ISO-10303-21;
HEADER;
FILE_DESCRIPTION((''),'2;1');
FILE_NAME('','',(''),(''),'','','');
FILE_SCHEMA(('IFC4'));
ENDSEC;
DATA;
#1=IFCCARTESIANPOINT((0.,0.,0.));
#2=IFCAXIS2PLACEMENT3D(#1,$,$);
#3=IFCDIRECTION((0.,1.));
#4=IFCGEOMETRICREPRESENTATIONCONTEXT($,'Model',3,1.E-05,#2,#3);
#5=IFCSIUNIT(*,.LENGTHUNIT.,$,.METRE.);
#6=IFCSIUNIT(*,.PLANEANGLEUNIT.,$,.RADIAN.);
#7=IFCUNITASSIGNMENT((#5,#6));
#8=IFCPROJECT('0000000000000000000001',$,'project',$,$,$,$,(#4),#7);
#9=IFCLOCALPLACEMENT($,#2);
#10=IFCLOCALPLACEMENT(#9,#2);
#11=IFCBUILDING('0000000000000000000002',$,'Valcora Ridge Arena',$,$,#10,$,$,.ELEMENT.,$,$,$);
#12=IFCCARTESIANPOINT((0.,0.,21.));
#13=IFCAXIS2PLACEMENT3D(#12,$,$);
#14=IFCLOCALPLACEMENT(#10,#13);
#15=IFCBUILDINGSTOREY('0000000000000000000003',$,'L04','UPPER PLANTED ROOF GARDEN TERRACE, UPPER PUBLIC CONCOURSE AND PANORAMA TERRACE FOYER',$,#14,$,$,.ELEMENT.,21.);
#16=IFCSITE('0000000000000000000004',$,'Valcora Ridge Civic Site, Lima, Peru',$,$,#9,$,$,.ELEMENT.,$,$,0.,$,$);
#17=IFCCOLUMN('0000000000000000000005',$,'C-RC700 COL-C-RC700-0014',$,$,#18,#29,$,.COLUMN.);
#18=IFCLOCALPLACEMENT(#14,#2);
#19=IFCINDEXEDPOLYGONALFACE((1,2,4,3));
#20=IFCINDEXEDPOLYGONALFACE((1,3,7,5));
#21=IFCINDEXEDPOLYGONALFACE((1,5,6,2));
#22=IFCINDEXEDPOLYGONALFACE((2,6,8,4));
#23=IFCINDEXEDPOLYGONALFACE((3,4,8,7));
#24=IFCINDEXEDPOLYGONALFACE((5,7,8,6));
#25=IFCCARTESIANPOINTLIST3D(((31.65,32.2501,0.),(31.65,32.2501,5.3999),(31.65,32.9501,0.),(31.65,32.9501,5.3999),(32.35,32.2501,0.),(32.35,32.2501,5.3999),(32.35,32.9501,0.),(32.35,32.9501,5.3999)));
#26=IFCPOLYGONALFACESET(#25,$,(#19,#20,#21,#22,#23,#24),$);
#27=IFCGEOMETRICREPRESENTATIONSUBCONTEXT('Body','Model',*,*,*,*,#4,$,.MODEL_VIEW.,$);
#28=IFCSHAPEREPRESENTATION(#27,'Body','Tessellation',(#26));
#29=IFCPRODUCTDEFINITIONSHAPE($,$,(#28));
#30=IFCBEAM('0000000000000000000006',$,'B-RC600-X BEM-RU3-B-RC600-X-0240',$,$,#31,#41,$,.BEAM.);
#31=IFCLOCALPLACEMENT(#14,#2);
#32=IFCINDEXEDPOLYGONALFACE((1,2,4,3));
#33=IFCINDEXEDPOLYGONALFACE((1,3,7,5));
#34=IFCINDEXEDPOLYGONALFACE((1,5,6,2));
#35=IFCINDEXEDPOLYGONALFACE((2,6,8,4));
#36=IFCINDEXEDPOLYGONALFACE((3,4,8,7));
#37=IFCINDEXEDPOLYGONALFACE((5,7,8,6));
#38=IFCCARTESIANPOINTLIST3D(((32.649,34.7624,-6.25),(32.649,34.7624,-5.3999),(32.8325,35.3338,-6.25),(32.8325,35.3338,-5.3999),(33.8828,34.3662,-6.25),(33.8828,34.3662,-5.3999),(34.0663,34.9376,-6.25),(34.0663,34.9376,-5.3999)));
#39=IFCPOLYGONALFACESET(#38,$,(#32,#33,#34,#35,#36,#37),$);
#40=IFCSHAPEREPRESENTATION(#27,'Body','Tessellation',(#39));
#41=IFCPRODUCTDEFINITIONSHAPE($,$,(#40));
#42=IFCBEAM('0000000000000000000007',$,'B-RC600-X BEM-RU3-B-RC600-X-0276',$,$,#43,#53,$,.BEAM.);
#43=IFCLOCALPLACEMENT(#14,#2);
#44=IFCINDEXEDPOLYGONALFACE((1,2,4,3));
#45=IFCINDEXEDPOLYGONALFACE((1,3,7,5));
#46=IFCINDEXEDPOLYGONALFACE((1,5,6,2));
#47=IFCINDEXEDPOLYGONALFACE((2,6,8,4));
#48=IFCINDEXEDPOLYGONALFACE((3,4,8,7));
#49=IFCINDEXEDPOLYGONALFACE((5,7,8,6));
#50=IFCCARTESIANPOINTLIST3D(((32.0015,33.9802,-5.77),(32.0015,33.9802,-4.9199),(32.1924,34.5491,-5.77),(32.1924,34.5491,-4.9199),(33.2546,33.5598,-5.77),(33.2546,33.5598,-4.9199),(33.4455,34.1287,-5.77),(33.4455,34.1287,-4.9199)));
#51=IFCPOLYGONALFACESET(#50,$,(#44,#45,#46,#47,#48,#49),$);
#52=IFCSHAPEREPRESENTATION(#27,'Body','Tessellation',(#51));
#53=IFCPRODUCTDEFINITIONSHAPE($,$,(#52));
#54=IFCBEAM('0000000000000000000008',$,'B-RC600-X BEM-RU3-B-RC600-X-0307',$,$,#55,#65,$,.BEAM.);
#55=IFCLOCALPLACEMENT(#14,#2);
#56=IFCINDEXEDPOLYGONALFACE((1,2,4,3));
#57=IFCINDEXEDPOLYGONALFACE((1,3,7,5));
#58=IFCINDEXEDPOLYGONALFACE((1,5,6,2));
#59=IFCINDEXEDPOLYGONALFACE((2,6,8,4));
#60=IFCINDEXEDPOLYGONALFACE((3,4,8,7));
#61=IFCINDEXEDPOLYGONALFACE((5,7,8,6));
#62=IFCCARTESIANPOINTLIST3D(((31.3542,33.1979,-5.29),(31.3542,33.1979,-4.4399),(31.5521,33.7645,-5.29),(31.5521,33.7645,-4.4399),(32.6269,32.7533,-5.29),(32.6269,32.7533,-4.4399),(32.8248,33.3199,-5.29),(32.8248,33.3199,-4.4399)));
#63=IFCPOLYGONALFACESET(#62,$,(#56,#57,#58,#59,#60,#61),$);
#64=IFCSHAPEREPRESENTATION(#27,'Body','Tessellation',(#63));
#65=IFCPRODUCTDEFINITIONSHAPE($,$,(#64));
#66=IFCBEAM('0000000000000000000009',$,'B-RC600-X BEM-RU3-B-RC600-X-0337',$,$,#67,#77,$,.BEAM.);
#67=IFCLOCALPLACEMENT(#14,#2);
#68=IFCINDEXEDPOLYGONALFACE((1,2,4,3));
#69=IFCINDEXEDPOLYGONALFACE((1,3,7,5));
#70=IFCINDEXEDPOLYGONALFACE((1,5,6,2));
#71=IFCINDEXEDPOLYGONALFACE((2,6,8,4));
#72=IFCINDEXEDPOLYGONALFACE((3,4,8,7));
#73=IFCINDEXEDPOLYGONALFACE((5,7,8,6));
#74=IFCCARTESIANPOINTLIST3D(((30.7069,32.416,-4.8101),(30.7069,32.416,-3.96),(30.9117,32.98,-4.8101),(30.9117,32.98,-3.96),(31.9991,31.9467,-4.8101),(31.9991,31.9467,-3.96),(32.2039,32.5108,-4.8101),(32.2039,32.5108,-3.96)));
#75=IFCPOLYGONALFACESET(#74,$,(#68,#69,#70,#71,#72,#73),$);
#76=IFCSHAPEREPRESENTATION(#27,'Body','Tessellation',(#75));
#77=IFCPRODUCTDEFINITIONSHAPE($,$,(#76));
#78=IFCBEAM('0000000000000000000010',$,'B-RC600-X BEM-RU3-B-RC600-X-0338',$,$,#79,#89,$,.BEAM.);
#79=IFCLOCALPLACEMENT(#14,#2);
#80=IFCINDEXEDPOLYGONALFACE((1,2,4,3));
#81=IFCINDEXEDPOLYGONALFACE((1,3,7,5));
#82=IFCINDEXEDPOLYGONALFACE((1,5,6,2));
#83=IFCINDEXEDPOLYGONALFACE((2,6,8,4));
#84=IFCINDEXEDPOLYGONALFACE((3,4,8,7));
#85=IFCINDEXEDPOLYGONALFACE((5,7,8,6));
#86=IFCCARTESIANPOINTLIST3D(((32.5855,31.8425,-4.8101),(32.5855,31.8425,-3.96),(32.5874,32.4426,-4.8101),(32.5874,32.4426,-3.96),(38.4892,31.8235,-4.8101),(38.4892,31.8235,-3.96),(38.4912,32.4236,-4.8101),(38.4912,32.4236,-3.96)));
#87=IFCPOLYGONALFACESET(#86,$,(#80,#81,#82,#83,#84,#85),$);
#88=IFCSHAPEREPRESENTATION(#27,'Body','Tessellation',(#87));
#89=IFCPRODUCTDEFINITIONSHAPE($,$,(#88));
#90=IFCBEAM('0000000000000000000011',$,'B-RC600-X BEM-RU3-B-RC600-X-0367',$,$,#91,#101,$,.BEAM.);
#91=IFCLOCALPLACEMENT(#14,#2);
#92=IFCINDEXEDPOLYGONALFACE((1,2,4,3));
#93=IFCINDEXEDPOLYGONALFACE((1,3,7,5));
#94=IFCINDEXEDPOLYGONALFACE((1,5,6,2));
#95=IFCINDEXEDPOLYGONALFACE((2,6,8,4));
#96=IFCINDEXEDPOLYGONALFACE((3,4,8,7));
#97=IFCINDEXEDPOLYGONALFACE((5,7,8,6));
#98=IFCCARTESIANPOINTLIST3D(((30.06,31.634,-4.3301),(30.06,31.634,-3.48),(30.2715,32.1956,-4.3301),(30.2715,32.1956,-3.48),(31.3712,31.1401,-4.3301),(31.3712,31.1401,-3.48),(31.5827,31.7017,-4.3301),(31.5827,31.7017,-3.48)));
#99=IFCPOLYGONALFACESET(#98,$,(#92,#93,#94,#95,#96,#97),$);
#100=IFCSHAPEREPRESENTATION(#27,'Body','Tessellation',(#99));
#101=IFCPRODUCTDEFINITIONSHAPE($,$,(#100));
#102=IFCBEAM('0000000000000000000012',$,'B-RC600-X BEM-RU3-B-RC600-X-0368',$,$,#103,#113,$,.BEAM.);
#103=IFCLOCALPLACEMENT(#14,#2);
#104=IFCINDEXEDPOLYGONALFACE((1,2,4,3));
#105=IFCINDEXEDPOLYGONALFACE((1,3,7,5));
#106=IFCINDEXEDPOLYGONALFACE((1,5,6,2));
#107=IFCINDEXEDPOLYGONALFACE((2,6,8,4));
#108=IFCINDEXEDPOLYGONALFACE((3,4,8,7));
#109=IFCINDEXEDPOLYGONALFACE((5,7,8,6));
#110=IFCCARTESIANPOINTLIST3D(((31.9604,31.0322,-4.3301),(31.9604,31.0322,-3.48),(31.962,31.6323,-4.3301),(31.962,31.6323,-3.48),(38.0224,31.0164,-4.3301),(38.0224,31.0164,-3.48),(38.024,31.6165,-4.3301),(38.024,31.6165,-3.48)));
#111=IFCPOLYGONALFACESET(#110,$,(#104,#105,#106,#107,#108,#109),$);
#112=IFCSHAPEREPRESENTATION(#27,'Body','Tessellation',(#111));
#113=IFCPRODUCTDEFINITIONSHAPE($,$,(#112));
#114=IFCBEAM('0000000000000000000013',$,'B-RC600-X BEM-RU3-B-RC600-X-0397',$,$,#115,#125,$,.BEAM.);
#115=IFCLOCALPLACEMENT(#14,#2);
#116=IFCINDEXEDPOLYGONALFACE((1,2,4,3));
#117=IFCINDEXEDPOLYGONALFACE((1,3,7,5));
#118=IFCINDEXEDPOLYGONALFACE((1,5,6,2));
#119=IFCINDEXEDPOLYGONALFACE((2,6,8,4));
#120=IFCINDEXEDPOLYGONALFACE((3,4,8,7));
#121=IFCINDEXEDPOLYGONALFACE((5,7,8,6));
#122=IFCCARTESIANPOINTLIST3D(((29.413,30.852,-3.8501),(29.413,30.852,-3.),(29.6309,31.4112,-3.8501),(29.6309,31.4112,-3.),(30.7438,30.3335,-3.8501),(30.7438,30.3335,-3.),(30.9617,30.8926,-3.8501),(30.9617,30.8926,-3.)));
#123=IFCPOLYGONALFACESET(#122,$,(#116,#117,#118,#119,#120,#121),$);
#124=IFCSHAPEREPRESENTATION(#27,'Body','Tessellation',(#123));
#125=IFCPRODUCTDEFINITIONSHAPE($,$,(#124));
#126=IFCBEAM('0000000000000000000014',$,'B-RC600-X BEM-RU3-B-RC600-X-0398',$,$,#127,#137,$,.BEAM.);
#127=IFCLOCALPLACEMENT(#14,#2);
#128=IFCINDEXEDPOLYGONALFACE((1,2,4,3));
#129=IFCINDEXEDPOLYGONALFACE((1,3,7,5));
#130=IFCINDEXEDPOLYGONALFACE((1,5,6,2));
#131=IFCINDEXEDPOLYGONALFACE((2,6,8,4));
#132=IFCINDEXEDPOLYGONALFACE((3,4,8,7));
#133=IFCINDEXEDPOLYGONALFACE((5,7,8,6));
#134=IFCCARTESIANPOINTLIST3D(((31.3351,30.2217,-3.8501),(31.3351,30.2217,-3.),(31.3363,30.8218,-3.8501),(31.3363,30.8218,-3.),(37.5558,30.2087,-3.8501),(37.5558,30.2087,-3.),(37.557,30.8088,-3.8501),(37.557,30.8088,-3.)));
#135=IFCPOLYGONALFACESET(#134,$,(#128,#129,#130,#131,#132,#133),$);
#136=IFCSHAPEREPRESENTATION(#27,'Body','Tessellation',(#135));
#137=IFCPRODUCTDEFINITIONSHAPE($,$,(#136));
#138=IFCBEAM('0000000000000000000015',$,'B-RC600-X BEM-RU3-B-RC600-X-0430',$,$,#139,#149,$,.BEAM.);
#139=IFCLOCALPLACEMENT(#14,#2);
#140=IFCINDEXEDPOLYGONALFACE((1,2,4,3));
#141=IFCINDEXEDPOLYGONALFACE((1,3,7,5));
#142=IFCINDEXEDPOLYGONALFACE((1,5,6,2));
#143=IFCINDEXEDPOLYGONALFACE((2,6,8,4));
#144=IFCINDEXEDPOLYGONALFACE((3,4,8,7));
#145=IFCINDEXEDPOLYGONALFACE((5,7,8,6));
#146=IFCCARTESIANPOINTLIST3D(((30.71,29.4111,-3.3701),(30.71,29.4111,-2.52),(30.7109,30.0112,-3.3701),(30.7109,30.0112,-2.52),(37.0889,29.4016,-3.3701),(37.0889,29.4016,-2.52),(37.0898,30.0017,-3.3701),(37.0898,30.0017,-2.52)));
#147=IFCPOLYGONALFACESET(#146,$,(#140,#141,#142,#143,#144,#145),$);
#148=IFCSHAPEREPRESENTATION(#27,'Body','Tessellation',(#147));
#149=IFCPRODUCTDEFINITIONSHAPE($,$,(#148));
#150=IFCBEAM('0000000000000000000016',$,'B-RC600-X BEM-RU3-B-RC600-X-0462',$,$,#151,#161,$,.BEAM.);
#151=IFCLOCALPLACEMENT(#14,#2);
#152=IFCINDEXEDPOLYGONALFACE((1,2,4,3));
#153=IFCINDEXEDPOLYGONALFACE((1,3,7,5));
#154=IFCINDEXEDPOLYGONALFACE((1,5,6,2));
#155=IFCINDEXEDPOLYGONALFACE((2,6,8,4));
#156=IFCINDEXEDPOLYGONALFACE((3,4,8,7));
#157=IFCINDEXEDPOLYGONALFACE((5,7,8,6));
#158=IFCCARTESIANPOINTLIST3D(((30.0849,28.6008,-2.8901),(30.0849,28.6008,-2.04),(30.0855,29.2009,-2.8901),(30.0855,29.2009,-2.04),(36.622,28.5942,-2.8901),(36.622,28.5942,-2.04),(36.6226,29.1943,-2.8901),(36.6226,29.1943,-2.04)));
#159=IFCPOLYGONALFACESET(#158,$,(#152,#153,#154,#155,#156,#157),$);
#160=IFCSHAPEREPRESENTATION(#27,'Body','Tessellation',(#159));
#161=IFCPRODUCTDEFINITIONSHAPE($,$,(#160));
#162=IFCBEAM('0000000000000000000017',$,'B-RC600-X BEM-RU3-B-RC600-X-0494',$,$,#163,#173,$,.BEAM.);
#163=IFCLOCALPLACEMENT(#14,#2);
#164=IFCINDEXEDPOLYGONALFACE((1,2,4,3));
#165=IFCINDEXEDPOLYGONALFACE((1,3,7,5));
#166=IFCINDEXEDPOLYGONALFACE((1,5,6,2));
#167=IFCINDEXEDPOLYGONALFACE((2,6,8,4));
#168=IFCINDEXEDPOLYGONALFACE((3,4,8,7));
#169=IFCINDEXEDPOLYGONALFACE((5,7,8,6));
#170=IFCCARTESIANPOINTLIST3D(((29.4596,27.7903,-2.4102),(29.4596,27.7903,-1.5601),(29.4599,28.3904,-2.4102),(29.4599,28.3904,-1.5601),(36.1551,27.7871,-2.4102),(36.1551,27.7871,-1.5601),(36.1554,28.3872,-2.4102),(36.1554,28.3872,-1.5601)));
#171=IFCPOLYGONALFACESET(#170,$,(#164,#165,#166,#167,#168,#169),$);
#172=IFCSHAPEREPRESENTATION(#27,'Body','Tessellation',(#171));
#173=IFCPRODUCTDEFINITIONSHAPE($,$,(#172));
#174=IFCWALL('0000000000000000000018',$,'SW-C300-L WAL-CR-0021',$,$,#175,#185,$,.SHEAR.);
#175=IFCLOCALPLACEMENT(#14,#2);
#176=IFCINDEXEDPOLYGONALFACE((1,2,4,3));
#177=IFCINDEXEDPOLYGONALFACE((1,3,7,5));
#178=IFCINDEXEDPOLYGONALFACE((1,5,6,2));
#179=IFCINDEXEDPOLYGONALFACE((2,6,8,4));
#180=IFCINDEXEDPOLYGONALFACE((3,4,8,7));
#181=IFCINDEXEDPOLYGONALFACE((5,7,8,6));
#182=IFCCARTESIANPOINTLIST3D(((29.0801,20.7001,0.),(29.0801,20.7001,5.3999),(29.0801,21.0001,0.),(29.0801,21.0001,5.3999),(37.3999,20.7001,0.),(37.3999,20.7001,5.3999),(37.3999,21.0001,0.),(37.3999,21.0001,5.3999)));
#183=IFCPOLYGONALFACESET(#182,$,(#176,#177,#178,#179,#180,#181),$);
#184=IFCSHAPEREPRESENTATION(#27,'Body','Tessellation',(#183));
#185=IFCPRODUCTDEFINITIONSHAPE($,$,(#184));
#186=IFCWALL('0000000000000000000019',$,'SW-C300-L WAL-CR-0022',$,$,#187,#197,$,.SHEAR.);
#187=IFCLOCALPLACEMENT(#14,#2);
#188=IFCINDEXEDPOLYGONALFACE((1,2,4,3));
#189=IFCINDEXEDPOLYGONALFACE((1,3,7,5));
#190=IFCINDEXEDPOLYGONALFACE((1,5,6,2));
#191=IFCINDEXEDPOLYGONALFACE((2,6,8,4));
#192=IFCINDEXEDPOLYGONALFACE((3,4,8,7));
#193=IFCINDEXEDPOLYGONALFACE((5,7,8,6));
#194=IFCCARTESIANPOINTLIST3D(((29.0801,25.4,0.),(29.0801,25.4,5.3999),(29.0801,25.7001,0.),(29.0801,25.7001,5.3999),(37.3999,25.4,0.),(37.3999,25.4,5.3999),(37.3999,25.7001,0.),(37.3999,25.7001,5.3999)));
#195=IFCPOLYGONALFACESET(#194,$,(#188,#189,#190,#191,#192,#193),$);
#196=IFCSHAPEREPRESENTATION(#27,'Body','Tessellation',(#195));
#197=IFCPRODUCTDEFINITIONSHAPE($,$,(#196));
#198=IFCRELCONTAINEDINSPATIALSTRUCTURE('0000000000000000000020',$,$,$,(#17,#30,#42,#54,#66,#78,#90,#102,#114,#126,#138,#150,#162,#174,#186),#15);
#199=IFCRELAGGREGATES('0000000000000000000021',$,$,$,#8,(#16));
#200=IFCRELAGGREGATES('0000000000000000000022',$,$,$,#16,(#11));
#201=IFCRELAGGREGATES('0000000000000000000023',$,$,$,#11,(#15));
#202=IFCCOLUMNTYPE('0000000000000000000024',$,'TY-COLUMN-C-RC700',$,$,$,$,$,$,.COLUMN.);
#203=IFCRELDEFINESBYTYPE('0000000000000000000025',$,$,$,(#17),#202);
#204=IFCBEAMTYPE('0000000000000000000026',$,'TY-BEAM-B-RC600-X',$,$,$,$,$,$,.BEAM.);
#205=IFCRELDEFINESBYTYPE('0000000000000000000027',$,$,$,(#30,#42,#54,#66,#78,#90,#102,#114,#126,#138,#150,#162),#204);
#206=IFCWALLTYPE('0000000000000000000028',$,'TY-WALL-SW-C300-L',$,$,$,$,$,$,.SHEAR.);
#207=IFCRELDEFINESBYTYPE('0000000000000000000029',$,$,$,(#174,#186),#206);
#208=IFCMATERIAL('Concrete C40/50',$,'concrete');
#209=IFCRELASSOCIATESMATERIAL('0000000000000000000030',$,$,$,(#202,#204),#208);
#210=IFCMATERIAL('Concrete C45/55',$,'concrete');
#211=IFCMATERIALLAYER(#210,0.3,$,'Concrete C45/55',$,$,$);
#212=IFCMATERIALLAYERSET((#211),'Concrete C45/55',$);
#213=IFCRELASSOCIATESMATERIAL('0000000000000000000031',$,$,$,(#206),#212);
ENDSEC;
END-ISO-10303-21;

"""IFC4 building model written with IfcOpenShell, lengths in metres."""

from ifc_helpers import new_model, si_unit, direction, frame, frame_2d, origin, origin_2d, place, context, subcontext, project, spatial, rectangle, extrude, material, layer, layer_set, material_profile, profile_set, type_object, element, save


model = new_model("IFC4")

# Units and contexts
model_context = context("Model", 3, precision=1e-05, world=origin(), true_north=direction((0.0, 1.0)))
body_context = subcontext(model_context, "Body", "Model", "MODEL_VIEW")
ifc_project = project(units=[si_unit("LENGTHUNIT", "METRE"), si_unit("PLANEANGLEUNIT", "RADIAN")], contexts=[model_context])

# Site, building, storey
site_placement = place(None, origin())
site = spatial("IfcSite", under=ifc_project, at=site_placement, Name="Valcora Ridge Civic Site, Lima, Peru", CompositionType="ELEMENT", RefElevation=0.0)
building_placement = place(site_placement, origin())
building = spatial("IfcBuilding", under=site, at=building_placement, Name="Valcora Ridge Arena", CompositionType="ELEMENT")
storey_placement = place(building_placement, frame((0.0, 0.0, 21.0)))
storey = spatial("IfcBuildingStorey", under=building, at=storey_placement, Name="L04", Description="UPPER PLANTED ROOF GARDEN TERRACE, UPPER PUBLIC CONCOURSE AND PANORAMA TERRACE FOYER", CompositionType="ELEMENT", Elevation=21.0)

# Column
ifc_material_1 = material(Name="Concrete C40/50", Category="concrete")
ifc_material_profile_1 = material_profile(ifc_material_1, rectangle(XDim=0.7, YDim=0.7, at=origin_2d()), Name="RC 700x700")
ifc_profile_set_1 = profile_set([ifc_material_profile_1], Name="Concrete C40/50")
column_type = type_object("IfcColumnType", Name="TY-COLUMN-C-RC700", PredefinedType="COLUMN", material=ifc_profile_set_1)
column_placement = place(storey_placement, frame((32.0, 32.6001, 0.0), z_axis=(0.0, 0.0, 1.0), x_axis=(1.0, 0.0, 0.0)))
element("IfcColumn", 1, at=column_placement, inside=storey, type_object=column_type, Name="C-RC700 COL-C-RC700-0014", PredefinedType="COLUMN", context=body_context, shape_type="SweptSolid", body=[
    extrude(rectangle(XDim=0.7, YDim=0.7, at=origin_2d()), origin(), (0.0, 0.0, 1.0), 5.3999),
])

# Beams
ifc_material_profile_2 = material_profile(ifc_material_1, rectangle(XDim=0.6001, YDim=0.8501, at=origin_2d()), Name="RC 600x850")
ifc_profile_set_2 = profile_set([ifc_material_profile_2], Name="Concrete C40/50")
beam_type = type_object("IfcBeamType", Name="TY-BEAM-B-RC600-X", PredefinedType="BEAM", material=ifc_profile_set_2)
beam_1_placement = place(storey_placement, frame((32.7407, 35.0481, -5.825), z_axis=(0.952111, -0.305753, 0.0), x_axis=(0.305753, 0.952111, 0.0)))
element("IfcBeam", 2, at=beam_1_placement, inside=storey, type_object=beam_type, Name="B-RC600-X BEM-RU3-B-RC600-X-0240", PredefinedType="BEAM", context=body_context, shape_type="SweptSolid", body=[
    extrude(rectangle(XDim=0.6001, YDim=0.8501, at=origin_2d()), origin(), (0.0, 0.0, 1.0), 1.2959),
])
beam_2_placement = place(storey_placement, frame((32.0969, 34.2646, -5.345), z_axis=(0.948072, -0.318056, 0.0), x_axis=(0.318056, 0.948072, 0.0)))
element("IfcBeam", 3, at=beam_2_placement, inside=storey, type_object=beam_type, Name="B-RC600-X BEM-RU3-B-RC600-X-0276", PredefinedType="BEAM", context=body_context, shape_type="SweptSolid", body=[
    extrude(rectangle(XDim=0.6001, YDim=0.8501, at=origin_2d()), origin(), (0.0, 0.0, 1.0), 1.3218),
])
beam_3_placement = place(storey_placement, frame((31.4531, 33.4812, -4.865), z_axis=(0.944059, -0.329778, 0.0), x_axis=(0.329778, 0.944059, 0.0)))
element("IfcBeam", 4, at=beam_3_placement, inside=storey, type_object=beam_type, Name="B-RC600-X BEM-RU3-B-RC600-X-0307", PredefinedType="BEAM", context=body_context, shape_type="SweptSolid", body=[
    extrude(rectangle(XDim=0.6001, YDim=0.8501, at=origin_2d()), origin(), (0.0, 0.0, 1.0), 1.3481),
])
beam_4_placement = place(storey_placement, frame((30.8093, 32.698, -4.385), z_axis=(0.939949, -0.341315, 0.0), x_axis=(0.341315, 0.939949, 0.0)))
element("IfcBeam", 5, at=beam_4_placement, inside=storey, type_object=beam_type, Name="B-RC600-X BEM-RU3-B-RC600-X-0337", PredefinedType="BEAM", context=body_context, shape_type="SweptSolid", body=[
    extrude(rectangle(XDim=0.6001, YDim=0.8501, at=origin_2d()), origin(), (0.0, 0.0, 1.0), 1.3748),
])
beam_5_placement = place(storey_placement, frame((32.5864, 32.1426, -4.385), z_axis=(0.999995, -0.003226, 0.0), x_axis=(0.003226, 0.999995, 0.0)))
element("IfcBeam", 6, at=beam_5_placement, inside=storey, type_object=beam_type, Name="B-RC600-X BEM-RU3-B-RC600-X-0338", PredefinedType="BEAM", context=body_context, shape_type="SweptSolid", body=[
    extrude(rectangle(XDim=0.6001, YDim=0.8501, at=origin_2d()), origin(), (0.0, 0.0, 1.0), 5.9038),
])
beam_6_placement = place(storey_placement, frame((30.1658, 31.9148, -3.905), z_axis=(0.93582, -0.352479, 0.0), x_axis=(0.352479, 0.93582, 0.0)))
element("IfcBeam", 7, at=beam_6_placement, inside=storey, type_object=beam_type, Name="B-RC600-X BEM-RU3-B-RC600-X-0367", PredefinedType="BEAM", context=body_context, shape_type="SweptSolid", body=[
    extrude(rectangle(XDim=0.6001, YDim=0.8501, at=origin_2d()), origin(), (0.0, 0.0, 1.0), 1.4011),
])
beam_7_placement = place(storey_placement, frame((31.9612, 31.3323, -3.905), z_axis=(0.999997, -0.002618, 0.0), x_axis=(0.002618, 0.999997, 0.0)))
element("IfcBeam", 8, at=beam_7_placement, inside=storey, type_object=beam_type, Name="B-RC600-X BEM-RU3-B-RC600-X-0368", PredefinedType="BEAM", context=body_context, shape_type="SweptSolid", body=[
    extrude(rectangle(XDim=0.6001, YDim=0.8501, at=origin_2d()), origin(), (0.0, 0.0, 1.0), 6.062),
])
beam_8_placement = place(storey_placement, frame((29.522, 31.1316, -3.425), z_axis=(0.931764, -0.363065, 0.0), x_axis=(0.363065, 0.931764, 0.0)))
element("IfcBeam", 9, at=beam_8_placement, inside=storey, type_object=beam_type, Name="B-RC600-X BEM-RU3-B-RC600-X-0397", PredefinedType="BEAM", context=body_context, shape_type="SweptSolid", body=[
    extrude(rectangle(XDim=0.6001, YDim=0.8501, at=origin_2d()), origin(), (0.0, 0.0, 1.0), 1.4282),
])
beam_9_placement = place(storey_placement, frame((31.3357, 30.5217, -3.425), z_axis=(0.999998, -0.00208, 0.0), x_axis=(0.00208, 0.999998, 0.0)))
element("IfcBeam", 10, at=beam_9_placement, inside=storey, type_object=beam_type, Name="B-RC600-X BEM-RU3-B-RC600-X-0398", PredefinedType="BEAM", context=body_context, shape_type="SweptSolid", body=[
    extrude(rectangle(XDim=0.6001, YDim=0.8501, at=origin_2d()), origin(), (0.0, 0.0, 1.0), 6.2207),
])
beam_10_placement = place(storey_placement, frame((30.7104, 29.7112, -2.9451), z_axis=(0.999999, -0.001493, 0.0), x_axis=(0.001493, 0.999999, 0.0)))
element("IfcBeam", 11, at=beam_10_placement, inside=storey, type_object=beam_type, Name="B-RC600-X BEM-RU3-B-RC600-X-0430", PredefinedType="BEAM", context=body_context, shape_type="SweptSolid", body=[
    extrude(rectangle(XDim=0.6001, YDim=0.8501, at=origin_2d()), origin(), (0.0, 0.0, 1.0), 6.3789),
])
beam_11_placement = place(storey_placement, frame((30.0852, 28.9009, -2.4651), z_axis=(0.999999, -0.001008, 0.0), x_axis=(0.001008, 0.999999, 0.0)))
element("IfcBeam", 12, at=beam_11_placement, inside=storey, type_object=beam_type, Name="B-RC600-X BEM-RU3-B-RC600-X-0462", PredefinedType="BEAM", context=body_context, shape_type="SweptSolid", body=[
    extrude(rectangle(XDim=0.6001, YDim=0.8501, at=origin_2d()), origin(), (0.0, 0.0, 1.0), 6.5371),
])
beam_12_placement = place(storey_placement, frame((29.4597, 28.0903, -1.9851), z_axis=(1.0, -0.000474, 0.0), x_axis=(0.000474, 1.0, 0.0)))
element("IfcBeam", 13, at=beam_12_placement, inside=storey, type_object=beam_type, Name="B-RC600-X BEM-RU3-B-RC600-X-0494", PredefinedType="BEAM", context=body_context, shape_type="SweptSolid", body=[
    extrude(rectangle(XDim=0.6001, YDim=0.8501, at=origin_2d()), origin(), (0.0, 0.0, 1.0), 6.6956),
])

# Walls
ifc_material_2 = material(Name="Concrete C45/55", Category="concrete")
ifc_layer = layer(ifc_material_2, 0.3, Name="Concrete C45/55")
ifc_layer_set = layer_set([ifc_layer], Name="Concrete C45/55")
wall_type = type_object("IfcWallType", Name="TY-WALL-SW-C300-L", PredefinedType="SHEAR", material=ifc_layer_set)
for number, where, z_axis, x_axis, name in (
    (14, (29.0801, 20.8501, 0.0), (0.0, 0.0, 1.0), (1.0, 0.0, 0.0), "SW-C300-L WAL-CR-0021"),
    (15, (29.0801, 25.55, 0.0), (0.0, 0.0, 1.0), (1.0, 0.0, 0.0), "SW-C300-L WAL-CR-0022"),
):
    element("IfcWall", number, at=place(storey_placement, frame(where, z_axis=z_axis, x_axis=x_axis)), inside=storey, type_object=wall_type, Name=name, PredefinedType="SHEAR", context=body_context, shape_type="SweptSolid", body=[
        extrude(rectangle(XDim=8.3198, YDim=0.3, at=frame_2d((4.1599, 0.0))), origin(), (0.0, 0.0, 1.0), 5.3999),
    ])

save(model, "model.ifc")
